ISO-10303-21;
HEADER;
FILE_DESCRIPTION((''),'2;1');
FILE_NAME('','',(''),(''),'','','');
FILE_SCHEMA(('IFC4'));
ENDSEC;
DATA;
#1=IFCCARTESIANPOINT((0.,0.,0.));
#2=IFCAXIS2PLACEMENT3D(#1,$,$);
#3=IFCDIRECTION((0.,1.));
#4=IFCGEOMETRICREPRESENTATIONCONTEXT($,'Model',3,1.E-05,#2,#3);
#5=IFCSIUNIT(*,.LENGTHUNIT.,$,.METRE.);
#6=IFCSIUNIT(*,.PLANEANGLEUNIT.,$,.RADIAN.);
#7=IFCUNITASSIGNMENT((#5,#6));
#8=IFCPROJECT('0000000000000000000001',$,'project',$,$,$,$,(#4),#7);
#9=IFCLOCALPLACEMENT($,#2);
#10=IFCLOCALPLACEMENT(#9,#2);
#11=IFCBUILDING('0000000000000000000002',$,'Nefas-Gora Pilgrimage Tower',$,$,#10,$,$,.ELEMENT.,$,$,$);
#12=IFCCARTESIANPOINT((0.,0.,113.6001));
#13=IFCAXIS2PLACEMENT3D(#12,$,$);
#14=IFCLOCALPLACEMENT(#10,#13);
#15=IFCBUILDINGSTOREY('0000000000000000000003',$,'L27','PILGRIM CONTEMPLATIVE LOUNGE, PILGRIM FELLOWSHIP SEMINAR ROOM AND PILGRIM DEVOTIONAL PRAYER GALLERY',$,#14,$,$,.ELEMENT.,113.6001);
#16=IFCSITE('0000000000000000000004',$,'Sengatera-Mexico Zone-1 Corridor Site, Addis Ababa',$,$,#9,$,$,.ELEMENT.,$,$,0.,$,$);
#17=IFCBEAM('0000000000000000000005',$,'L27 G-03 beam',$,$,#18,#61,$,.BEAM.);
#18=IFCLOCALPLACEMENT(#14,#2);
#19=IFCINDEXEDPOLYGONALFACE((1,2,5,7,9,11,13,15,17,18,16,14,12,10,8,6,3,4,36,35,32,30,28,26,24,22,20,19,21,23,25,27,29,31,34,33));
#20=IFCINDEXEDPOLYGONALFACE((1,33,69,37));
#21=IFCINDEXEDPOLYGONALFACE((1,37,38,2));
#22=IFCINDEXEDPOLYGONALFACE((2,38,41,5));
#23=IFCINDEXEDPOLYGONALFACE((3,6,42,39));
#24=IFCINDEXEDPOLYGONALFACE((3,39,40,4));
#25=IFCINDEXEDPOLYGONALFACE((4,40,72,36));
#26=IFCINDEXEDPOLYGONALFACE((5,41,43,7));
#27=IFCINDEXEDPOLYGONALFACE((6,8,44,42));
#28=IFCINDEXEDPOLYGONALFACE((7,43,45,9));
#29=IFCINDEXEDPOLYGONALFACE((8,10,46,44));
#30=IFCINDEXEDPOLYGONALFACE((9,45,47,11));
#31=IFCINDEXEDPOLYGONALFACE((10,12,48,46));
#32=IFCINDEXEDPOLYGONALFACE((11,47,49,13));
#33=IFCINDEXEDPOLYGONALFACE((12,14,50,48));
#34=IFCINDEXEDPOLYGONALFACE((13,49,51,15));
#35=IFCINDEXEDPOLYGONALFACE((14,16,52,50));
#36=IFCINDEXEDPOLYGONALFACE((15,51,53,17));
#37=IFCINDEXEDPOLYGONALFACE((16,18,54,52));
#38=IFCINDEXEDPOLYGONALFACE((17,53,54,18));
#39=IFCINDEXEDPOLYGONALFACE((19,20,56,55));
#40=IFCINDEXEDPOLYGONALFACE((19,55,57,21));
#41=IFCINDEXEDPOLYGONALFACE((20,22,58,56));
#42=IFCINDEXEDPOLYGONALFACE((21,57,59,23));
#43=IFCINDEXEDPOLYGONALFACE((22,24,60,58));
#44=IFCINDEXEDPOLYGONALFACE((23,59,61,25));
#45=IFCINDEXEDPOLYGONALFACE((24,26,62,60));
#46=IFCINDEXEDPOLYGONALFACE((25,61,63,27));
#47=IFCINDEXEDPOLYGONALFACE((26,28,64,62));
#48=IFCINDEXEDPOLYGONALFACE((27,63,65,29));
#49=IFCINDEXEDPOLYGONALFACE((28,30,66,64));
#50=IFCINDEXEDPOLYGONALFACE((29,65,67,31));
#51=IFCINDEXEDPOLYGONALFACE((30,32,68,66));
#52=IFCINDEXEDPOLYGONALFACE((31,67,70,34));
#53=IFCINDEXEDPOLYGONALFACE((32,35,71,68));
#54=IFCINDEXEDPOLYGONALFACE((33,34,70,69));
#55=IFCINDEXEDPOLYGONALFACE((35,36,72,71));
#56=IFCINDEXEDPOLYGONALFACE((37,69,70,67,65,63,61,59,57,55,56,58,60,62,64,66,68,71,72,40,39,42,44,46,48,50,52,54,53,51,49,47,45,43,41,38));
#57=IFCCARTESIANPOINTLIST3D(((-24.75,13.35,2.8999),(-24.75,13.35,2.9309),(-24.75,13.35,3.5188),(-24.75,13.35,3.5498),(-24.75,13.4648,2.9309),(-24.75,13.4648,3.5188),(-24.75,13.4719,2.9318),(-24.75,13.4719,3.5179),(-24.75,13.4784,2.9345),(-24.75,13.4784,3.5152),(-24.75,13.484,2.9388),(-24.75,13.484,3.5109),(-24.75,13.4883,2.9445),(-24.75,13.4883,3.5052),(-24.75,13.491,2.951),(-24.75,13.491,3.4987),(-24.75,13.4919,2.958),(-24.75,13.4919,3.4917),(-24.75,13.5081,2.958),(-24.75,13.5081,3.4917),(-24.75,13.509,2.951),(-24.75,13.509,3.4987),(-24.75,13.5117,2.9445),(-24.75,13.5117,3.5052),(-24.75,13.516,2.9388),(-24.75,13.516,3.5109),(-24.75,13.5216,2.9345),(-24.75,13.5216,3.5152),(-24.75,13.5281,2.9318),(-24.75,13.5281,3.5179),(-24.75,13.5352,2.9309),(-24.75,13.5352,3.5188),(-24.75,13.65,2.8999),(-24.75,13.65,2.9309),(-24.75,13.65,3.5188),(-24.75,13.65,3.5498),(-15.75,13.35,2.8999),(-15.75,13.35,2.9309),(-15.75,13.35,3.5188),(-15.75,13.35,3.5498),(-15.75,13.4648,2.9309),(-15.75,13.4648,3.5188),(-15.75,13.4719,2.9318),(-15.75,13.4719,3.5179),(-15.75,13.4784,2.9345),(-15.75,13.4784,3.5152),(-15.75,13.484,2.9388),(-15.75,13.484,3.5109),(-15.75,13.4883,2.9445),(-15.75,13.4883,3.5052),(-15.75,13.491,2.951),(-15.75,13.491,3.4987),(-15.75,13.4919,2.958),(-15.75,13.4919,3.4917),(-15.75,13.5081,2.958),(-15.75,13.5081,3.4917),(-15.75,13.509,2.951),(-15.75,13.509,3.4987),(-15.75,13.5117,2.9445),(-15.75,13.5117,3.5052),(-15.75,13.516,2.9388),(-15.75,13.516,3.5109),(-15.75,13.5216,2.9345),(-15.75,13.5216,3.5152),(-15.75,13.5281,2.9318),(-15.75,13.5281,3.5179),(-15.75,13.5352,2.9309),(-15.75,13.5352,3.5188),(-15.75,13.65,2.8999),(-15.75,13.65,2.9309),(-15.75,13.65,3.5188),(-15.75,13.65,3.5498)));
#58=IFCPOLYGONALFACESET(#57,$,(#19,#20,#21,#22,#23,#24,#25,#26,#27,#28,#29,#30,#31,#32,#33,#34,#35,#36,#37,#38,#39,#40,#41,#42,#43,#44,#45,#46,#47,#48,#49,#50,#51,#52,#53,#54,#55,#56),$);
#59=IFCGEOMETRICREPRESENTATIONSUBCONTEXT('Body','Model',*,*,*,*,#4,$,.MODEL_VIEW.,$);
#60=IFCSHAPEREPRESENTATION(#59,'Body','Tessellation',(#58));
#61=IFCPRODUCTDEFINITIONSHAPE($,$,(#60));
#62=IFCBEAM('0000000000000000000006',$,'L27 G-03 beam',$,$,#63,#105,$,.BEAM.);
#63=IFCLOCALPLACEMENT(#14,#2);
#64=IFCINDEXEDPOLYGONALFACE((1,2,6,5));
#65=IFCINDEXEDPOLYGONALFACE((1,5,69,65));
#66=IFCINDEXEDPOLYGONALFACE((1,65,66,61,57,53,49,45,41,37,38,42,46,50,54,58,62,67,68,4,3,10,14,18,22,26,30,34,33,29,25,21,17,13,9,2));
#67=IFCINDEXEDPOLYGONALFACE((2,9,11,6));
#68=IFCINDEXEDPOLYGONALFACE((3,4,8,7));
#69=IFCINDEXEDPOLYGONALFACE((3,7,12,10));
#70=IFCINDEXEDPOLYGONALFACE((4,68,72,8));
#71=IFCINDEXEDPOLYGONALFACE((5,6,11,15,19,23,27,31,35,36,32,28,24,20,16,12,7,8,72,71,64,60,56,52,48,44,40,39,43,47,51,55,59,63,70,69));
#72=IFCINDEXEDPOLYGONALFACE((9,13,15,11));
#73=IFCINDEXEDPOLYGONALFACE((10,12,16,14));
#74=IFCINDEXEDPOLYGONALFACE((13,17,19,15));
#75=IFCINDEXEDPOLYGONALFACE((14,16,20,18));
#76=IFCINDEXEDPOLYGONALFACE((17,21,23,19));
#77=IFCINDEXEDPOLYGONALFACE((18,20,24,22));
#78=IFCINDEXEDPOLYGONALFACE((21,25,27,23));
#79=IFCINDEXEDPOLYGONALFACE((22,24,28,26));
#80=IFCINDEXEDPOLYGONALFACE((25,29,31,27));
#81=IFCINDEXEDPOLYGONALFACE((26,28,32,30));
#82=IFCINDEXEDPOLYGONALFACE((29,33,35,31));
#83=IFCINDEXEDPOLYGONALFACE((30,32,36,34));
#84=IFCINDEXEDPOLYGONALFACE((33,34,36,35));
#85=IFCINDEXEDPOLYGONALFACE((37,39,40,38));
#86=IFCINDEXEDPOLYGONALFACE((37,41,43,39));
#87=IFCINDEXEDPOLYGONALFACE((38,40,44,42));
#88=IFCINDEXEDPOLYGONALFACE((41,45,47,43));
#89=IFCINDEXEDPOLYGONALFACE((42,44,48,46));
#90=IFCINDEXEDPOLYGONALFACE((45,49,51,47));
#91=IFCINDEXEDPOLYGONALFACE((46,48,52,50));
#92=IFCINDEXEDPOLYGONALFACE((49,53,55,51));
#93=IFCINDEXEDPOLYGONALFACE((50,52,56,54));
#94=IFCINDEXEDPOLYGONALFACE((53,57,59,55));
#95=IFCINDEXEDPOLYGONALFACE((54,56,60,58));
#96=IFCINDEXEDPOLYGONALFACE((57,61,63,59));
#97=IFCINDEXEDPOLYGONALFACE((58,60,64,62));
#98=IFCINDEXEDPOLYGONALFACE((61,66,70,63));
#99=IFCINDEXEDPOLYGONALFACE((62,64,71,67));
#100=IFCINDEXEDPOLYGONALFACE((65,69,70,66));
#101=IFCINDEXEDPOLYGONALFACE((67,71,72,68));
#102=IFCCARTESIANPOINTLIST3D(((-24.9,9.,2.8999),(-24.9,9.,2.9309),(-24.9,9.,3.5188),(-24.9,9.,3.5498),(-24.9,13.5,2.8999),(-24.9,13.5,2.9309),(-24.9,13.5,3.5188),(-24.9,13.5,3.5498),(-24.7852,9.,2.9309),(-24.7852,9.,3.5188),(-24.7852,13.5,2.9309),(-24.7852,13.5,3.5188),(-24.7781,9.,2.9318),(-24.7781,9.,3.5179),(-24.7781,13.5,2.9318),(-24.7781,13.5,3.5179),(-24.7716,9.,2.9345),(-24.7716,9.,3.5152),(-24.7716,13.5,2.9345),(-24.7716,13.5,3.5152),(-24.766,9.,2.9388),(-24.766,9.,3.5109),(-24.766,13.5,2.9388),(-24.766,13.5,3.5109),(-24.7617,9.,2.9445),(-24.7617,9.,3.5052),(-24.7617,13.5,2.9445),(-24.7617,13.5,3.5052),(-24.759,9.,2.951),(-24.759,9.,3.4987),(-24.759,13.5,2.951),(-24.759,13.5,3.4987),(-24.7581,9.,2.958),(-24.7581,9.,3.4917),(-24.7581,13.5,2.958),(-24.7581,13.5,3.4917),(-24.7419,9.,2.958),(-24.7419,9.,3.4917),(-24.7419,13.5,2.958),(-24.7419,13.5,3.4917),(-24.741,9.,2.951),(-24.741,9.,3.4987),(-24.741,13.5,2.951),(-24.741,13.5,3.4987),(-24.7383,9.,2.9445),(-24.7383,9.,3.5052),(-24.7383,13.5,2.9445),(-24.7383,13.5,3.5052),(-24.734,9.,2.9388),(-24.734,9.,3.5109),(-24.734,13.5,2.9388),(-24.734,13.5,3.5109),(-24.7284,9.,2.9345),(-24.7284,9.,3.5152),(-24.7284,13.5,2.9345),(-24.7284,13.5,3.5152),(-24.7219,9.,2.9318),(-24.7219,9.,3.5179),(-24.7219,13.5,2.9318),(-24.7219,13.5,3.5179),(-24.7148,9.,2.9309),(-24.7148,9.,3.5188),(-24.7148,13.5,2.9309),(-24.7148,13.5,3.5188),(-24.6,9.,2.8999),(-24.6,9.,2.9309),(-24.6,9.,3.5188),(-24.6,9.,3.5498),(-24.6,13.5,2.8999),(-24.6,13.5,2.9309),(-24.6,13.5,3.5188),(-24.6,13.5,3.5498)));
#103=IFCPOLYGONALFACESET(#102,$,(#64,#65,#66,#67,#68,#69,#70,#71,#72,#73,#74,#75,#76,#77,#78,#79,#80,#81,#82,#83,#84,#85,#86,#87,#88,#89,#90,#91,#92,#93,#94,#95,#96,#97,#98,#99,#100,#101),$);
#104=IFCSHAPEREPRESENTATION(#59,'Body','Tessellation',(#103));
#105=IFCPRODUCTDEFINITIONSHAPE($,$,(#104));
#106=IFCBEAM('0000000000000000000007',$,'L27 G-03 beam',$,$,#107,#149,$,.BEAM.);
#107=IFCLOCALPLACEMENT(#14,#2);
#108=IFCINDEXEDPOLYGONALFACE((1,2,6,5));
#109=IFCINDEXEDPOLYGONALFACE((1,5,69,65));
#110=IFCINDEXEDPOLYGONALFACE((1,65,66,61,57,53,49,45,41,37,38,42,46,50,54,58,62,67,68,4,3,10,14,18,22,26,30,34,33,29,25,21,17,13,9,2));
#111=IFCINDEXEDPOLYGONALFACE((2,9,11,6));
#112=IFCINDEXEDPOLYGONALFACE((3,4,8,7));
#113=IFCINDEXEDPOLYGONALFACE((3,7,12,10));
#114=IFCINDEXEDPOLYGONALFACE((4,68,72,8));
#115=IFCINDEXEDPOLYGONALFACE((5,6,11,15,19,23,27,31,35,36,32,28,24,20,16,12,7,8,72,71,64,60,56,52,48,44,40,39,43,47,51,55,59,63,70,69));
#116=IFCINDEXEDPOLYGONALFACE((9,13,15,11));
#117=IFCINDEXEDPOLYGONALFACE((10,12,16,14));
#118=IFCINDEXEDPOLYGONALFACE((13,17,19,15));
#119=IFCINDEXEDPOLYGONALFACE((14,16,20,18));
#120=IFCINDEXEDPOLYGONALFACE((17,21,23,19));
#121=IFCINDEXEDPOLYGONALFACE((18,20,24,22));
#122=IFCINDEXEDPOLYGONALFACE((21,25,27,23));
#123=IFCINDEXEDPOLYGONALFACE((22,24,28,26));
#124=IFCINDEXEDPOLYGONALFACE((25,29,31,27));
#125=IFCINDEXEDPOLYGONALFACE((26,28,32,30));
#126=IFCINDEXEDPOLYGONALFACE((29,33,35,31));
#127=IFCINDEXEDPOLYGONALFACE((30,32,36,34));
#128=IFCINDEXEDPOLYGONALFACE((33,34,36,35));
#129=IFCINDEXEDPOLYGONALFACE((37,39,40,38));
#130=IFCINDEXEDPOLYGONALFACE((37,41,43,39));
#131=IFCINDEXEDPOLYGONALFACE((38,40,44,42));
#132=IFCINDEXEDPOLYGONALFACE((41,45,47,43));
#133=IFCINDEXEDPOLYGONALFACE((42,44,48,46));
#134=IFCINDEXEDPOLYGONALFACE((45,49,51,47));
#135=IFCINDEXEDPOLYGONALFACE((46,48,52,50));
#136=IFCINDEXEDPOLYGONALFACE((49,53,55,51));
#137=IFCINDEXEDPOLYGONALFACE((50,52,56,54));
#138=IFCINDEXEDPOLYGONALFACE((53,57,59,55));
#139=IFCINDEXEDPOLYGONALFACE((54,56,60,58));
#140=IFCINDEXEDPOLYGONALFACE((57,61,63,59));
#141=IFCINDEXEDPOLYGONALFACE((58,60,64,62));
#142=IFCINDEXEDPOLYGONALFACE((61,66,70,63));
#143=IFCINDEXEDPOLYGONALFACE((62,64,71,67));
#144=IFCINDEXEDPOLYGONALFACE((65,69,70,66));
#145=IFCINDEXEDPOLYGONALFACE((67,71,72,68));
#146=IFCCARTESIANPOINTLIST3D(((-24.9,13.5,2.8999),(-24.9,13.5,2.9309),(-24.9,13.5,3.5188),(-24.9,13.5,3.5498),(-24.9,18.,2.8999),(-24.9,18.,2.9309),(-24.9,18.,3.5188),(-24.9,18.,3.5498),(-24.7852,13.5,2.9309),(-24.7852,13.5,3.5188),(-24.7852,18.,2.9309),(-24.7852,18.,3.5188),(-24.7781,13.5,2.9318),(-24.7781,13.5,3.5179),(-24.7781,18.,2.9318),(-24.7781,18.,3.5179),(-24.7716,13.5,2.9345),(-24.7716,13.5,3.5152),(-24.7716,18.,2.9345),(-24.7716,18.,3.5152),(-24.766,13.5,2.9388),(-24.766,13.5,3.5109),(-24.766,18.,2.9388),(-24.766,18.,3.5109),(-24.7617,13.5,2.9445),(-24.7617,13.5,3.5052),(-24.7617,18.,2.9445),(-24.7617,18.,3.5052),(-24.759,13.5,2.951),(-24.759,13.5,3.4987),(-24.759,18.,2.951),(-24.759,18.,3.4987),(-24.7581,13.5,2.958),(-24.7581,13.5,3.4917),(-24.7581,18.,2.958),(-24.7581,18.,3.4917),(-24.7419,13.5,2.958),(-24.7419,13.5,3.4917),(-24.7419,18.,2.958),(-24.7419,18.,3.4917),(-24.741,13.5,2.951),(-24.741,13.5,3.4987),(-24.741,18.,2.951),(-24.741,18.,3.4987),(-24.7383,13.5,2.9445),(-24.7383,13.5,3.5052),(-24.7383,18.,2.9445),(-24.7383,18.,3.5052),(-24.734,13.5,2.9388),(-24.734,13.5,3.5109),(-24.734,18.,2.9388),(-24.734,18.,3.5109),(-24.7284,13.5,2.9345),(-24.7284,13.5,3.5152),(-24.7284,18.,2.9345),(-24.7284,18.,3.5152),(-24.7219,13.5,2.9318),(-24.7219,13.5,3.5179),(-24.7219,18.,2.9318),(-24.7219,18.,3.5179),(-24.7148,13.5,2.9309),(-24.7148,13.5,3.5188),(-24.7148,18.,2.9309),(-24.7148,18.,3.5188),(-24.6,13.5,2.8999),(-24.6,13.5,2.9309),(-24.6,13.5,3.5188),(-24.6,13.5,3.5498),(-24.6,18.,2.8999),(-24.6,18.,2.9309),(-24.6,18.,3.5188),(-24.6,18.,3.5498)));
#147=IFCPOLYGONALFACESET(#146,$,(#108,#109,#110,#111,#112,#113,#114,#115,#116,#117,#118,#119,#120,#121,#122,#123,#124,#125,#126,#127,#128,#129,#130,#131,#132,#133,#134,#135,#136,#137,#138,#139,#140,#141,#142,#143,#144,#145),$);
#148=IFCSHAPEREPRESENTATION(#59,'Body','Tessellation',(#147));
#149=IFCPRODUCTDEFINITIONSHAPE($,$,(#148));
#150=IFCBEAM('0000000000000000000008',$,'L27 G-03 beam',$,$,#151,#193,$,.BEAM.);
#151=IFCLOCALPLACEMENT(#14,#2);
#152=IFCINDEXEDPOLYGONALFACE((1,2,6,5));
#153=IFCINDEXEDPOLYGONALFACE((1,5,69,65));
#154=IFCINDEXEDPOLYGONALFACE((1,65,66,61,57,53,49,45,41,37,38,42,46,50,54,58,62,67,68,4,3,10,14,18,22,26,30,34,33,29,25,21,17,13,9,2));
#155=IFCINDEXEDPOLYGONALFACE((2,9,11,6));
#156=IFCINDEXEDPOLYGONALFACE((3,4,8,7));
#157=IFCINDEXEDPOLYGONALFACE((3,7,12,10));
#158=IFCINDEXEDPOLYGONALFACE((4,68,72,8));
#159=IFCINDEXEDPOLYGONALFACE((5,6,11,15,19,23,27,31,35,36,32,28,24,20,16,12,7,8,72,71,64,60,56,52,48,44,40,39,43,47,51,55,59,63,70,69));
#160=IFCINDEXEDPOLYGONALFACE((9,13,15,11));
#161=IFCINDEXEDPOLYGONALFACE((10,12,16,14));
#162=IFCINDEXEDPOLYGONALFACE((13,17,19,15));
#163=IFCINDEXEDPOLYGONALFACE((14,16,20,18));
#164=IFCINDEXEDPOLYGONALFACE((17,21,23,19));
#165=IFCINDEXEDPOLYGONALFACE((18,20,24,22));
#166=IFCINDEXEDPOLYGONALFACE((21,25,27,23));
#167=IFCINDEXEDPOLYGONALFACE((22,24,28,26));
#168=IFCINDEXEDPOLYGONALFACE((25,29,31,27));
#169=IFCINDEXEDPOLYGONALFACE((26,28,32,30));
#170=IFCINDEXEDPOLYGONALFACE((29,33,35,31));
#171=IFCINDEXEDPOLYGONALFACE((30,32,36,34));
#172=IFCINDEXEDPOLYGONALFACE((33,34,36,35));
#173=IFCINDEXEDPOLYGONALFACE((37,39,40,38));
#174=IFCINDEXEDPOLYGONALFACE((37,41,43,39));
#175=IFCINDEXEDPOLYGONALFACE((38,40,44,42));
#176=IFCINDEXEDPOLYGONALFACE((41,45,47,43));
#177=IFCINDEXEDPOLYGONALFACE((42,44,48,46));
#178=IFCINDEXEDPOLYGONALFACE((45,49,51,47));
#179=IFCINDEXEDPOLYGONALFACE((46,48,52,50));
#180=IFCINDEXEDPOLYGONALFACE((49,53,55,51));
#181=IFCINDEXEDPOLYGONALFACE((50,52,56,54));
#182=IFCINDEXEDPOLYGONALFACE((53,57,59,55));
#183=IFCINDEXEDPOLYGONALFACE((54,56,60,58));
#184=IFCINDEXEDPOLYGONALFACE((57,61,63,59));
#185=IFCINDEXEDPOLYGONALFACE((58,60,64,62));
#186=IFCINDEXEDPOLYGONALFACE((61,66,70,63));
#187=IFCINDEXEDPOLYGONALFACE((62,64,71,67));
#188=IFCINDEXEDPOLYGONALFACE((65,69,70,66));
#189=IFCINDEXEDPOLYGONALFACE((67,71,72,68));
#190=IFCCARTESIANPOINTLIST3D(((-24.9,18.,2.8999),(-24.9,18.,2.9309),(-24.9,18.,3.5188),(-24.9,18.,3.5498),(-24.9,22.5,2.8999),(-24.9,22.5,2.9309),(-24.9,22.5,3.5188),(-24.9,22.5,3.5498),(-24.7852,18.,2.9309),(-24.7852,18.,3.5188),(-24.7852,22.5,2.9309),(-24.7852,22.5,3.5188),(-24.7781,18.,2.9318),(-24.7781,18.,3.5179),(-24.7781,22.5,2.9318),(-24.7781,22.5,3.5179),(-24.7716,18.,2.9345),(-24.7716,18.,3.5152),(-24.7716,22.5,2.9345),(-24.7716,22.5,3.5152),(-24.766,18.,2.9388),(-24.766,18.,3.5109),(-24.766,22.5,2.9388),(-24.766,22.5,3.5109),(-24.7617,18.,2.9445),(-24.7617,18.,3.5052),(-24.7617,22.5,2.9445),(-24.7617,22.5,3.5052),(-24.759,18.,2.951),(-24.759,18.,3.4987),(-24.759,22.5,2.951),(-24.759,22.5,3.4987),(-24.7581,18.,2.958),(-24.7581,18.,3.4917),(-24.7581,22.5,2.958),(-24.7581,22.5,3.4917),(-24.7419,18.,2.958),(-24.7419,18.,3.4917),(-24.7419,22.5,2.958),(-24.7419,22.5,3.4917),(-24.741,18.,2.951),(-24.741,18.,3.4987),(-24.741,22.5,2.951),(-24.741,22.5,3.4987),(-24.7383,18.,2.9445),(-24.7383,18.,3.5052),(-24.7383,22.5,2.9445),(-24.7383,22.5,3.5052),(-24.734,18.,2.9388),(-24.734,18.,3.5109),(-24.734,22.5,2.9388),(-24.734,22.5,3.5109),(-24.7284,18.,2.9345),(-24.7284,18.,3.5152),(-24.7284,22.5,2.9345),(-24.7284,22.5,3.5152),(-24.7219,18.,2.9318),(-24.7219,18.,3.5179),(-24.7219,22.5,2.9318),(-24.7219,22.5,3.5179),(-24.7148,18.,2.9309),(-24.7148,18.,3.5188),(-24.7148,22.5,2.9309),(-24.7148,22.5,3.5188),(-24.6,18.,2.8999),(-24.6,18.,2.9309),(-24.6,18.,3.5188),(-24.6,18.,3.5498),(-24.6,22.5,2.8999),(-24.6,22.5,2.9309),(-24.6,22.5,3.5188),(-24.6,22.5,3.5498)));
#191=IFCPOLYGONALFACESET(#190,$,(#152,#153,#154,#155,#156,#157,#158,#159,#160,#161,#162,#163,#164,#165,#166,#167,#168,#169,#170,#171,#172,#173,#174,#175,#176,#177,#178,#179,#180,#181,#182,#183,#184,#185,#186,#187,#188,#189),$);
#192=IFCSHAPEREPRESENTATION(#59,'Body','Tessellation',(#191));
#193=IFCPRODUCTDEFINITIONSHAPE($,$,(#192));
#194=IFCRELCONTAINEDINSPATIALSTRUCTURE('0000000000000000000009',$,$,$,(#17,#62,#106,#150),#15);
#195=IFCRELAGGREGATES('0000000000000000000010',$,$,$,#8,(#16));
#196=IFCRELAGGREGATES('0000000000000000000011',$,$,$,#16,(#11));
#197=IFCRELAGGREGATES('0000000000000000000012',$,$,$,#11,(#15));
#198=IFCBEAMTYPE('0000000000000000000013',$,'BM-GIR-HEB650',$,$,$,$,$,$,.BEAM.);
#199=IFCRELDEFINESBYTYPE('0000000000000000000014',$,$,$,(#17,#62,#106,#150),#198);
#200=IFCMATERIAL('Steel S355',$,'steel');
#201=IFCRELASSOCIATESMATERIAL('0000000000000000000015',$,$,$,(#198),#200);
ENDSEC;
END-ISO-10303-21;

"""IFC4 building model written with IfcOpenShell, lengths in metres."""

from ifc_helpers import new_model, si_unit, direction, frame, origin, origin_2d, place, context, subcontext, project, spatial, i_section, extrude, source, transform, mapped, material, material_profile, profile_set, type_object, element, save


model = new_model("IFC4")

# Units and contexts
model_context = context("Model", 3, precision=1e-05, world=origin(), true_north=direction((0.0, 1.0)))
body_context = subcontext(model_context, "Body", "Model", "MODEL_VIEW")
ifc_project = project(units=[si_unit("LENGTHUNIT", "METRE"), si_unit("PLANEANGLEUNIT", "RADIAN")], contexts=[model_context])

# Site, building, storey
site_placement = place(None, origin())
site = spatial("IfcSite", under=ifc_project, at=site_placement, Name="Sengatera-Mexico Zone-1 Corridor Site, Addis Ababa", CompositionType="ELEMENT", RefElevation=0.0)
building_placement = place(site_placement, origin())
building = spatial("IfcBuilding", under=site, at=building_placement, Name="Nefas-Gora Pilgrimage Tower", CompositionType="ELEMENT")
storey_placement = place(building_placement, frame((0.0, 0.0, 113.6001)))
storey = spatial("IfcBuildingStorey", under=building, at=storey_placement, Name="L27", Description="PILGRIM CONTEMPLATIVE LOUNGE, PILGRIM FELLOWSHIP SEMINAR ROOM AND PILGRIM DEVOTIONAL PRAYER GALLERY", CompositionType="ELEMENT", Elevation=113.6001)

# Beams
ifc_material_1 = material(Name="Steel S355", Category="steel")
ifc_material_profile_1 = material_profile(ifc_material_1, i_section(OverallWidth=0.3, OverallDepth=0.6499, WebThickness=0.0161, FlangeThickness=0.031, FilletRadius=0.0271, at=origin_2d()), Name="HEB 650")
ifc_profile_set_1 = profile_set([ifc_material_profile_1], Name="Steel S355")
beam_type_1 = type_object("IfcBeamType", Name="BM-GIR-HEB650", PredefinedType="BEAM", material=ifc_profile_set_1)
shared_shape_1 = source(origin(), body_context, "Body", "SweptSolid", [
    extrude(i_section(OverallWidth=0.3, OverallDepth=0.6499, WebThickness=0.0161, FlangeThickness=0.031, FilletRadius=0.0271, at=origin_2d()), origin(), (0.0, 0.0, 1.0), 9.0),
])
for number, where, z_axis, x_axis, name in (
    (1, (-24.75, 13.5, 3.2249), (1.0, 0.0, 0.0), (0.0, 1.0, 0.0), "L27 G-03 beam"),
):
    element("IfcBeam", number, at=place(storey_placement, frame(where, z_axis=z_axis, x_axis=x_axis)), inside=storey, type_object=beam_type_1, Name=name, PredefinedType="BEAM", context=body_context, shape_type="MappedRepresentation", body=[
        mapped(shared_shape_1, transform((0.0, 0.0, 0.0), x_axis=(1.0, 0.0, 0.0), y_axis=(0.0, 1.0, 0.0), z_axis=(0.0, 0.0, 1.0), scale=1.0)),
    ])
shared_shape_2 = source(origin(), body_context, "Body", "SweptSolid", [
    extrude(i_section(OverallWidth=0.3, OverallDepth=0.6499, WebThickness=0.0161, FlangeThickness=0.031, FilletRadius=0.0271, at=origin_2d()), origin(), (0.0, 0.0, 1.0), 4.5),
])
for number, where, z_axis, x_axis, name in (
    (2, (-24.75, 9.0, 3.2249), (0.0, 1.0, 0.0), (-1.0, 0.0, 0.0), "L27 G-03 beam"),
    (3, (-24.75, 13.5, 3.2249), (0.0, 1.0, 0.0), (-1.0, 0.0, 0.0), "L27 G-03 beam"),
    (4, (-24.75, 18.0, 3.2249), (0.0, 1.0, 0.0), (-1.0, 0.0, 0.0), "L27 G-03 beam"),
):
    element("IfcBeam", number, at=place(storey_placement, frame(where, z_axis=z_axis, x_axis=x_axis)), inside=storey, type_object=beam_type_1, Name=name, PredefinedType="BEAM", context=body_context, shape_type="MappedRepresentation", body=[
        mapped(shared_shape_2, transform((0.0, 0.0, 0.0), x_axis=(1.0, 0.0, 0.0), y_axis=(0.0, 1.0, 0.0), z_axis=(0.0, 0.0, 1.0), scale=1.0)),
    ])

save(model, "model.ifc")
